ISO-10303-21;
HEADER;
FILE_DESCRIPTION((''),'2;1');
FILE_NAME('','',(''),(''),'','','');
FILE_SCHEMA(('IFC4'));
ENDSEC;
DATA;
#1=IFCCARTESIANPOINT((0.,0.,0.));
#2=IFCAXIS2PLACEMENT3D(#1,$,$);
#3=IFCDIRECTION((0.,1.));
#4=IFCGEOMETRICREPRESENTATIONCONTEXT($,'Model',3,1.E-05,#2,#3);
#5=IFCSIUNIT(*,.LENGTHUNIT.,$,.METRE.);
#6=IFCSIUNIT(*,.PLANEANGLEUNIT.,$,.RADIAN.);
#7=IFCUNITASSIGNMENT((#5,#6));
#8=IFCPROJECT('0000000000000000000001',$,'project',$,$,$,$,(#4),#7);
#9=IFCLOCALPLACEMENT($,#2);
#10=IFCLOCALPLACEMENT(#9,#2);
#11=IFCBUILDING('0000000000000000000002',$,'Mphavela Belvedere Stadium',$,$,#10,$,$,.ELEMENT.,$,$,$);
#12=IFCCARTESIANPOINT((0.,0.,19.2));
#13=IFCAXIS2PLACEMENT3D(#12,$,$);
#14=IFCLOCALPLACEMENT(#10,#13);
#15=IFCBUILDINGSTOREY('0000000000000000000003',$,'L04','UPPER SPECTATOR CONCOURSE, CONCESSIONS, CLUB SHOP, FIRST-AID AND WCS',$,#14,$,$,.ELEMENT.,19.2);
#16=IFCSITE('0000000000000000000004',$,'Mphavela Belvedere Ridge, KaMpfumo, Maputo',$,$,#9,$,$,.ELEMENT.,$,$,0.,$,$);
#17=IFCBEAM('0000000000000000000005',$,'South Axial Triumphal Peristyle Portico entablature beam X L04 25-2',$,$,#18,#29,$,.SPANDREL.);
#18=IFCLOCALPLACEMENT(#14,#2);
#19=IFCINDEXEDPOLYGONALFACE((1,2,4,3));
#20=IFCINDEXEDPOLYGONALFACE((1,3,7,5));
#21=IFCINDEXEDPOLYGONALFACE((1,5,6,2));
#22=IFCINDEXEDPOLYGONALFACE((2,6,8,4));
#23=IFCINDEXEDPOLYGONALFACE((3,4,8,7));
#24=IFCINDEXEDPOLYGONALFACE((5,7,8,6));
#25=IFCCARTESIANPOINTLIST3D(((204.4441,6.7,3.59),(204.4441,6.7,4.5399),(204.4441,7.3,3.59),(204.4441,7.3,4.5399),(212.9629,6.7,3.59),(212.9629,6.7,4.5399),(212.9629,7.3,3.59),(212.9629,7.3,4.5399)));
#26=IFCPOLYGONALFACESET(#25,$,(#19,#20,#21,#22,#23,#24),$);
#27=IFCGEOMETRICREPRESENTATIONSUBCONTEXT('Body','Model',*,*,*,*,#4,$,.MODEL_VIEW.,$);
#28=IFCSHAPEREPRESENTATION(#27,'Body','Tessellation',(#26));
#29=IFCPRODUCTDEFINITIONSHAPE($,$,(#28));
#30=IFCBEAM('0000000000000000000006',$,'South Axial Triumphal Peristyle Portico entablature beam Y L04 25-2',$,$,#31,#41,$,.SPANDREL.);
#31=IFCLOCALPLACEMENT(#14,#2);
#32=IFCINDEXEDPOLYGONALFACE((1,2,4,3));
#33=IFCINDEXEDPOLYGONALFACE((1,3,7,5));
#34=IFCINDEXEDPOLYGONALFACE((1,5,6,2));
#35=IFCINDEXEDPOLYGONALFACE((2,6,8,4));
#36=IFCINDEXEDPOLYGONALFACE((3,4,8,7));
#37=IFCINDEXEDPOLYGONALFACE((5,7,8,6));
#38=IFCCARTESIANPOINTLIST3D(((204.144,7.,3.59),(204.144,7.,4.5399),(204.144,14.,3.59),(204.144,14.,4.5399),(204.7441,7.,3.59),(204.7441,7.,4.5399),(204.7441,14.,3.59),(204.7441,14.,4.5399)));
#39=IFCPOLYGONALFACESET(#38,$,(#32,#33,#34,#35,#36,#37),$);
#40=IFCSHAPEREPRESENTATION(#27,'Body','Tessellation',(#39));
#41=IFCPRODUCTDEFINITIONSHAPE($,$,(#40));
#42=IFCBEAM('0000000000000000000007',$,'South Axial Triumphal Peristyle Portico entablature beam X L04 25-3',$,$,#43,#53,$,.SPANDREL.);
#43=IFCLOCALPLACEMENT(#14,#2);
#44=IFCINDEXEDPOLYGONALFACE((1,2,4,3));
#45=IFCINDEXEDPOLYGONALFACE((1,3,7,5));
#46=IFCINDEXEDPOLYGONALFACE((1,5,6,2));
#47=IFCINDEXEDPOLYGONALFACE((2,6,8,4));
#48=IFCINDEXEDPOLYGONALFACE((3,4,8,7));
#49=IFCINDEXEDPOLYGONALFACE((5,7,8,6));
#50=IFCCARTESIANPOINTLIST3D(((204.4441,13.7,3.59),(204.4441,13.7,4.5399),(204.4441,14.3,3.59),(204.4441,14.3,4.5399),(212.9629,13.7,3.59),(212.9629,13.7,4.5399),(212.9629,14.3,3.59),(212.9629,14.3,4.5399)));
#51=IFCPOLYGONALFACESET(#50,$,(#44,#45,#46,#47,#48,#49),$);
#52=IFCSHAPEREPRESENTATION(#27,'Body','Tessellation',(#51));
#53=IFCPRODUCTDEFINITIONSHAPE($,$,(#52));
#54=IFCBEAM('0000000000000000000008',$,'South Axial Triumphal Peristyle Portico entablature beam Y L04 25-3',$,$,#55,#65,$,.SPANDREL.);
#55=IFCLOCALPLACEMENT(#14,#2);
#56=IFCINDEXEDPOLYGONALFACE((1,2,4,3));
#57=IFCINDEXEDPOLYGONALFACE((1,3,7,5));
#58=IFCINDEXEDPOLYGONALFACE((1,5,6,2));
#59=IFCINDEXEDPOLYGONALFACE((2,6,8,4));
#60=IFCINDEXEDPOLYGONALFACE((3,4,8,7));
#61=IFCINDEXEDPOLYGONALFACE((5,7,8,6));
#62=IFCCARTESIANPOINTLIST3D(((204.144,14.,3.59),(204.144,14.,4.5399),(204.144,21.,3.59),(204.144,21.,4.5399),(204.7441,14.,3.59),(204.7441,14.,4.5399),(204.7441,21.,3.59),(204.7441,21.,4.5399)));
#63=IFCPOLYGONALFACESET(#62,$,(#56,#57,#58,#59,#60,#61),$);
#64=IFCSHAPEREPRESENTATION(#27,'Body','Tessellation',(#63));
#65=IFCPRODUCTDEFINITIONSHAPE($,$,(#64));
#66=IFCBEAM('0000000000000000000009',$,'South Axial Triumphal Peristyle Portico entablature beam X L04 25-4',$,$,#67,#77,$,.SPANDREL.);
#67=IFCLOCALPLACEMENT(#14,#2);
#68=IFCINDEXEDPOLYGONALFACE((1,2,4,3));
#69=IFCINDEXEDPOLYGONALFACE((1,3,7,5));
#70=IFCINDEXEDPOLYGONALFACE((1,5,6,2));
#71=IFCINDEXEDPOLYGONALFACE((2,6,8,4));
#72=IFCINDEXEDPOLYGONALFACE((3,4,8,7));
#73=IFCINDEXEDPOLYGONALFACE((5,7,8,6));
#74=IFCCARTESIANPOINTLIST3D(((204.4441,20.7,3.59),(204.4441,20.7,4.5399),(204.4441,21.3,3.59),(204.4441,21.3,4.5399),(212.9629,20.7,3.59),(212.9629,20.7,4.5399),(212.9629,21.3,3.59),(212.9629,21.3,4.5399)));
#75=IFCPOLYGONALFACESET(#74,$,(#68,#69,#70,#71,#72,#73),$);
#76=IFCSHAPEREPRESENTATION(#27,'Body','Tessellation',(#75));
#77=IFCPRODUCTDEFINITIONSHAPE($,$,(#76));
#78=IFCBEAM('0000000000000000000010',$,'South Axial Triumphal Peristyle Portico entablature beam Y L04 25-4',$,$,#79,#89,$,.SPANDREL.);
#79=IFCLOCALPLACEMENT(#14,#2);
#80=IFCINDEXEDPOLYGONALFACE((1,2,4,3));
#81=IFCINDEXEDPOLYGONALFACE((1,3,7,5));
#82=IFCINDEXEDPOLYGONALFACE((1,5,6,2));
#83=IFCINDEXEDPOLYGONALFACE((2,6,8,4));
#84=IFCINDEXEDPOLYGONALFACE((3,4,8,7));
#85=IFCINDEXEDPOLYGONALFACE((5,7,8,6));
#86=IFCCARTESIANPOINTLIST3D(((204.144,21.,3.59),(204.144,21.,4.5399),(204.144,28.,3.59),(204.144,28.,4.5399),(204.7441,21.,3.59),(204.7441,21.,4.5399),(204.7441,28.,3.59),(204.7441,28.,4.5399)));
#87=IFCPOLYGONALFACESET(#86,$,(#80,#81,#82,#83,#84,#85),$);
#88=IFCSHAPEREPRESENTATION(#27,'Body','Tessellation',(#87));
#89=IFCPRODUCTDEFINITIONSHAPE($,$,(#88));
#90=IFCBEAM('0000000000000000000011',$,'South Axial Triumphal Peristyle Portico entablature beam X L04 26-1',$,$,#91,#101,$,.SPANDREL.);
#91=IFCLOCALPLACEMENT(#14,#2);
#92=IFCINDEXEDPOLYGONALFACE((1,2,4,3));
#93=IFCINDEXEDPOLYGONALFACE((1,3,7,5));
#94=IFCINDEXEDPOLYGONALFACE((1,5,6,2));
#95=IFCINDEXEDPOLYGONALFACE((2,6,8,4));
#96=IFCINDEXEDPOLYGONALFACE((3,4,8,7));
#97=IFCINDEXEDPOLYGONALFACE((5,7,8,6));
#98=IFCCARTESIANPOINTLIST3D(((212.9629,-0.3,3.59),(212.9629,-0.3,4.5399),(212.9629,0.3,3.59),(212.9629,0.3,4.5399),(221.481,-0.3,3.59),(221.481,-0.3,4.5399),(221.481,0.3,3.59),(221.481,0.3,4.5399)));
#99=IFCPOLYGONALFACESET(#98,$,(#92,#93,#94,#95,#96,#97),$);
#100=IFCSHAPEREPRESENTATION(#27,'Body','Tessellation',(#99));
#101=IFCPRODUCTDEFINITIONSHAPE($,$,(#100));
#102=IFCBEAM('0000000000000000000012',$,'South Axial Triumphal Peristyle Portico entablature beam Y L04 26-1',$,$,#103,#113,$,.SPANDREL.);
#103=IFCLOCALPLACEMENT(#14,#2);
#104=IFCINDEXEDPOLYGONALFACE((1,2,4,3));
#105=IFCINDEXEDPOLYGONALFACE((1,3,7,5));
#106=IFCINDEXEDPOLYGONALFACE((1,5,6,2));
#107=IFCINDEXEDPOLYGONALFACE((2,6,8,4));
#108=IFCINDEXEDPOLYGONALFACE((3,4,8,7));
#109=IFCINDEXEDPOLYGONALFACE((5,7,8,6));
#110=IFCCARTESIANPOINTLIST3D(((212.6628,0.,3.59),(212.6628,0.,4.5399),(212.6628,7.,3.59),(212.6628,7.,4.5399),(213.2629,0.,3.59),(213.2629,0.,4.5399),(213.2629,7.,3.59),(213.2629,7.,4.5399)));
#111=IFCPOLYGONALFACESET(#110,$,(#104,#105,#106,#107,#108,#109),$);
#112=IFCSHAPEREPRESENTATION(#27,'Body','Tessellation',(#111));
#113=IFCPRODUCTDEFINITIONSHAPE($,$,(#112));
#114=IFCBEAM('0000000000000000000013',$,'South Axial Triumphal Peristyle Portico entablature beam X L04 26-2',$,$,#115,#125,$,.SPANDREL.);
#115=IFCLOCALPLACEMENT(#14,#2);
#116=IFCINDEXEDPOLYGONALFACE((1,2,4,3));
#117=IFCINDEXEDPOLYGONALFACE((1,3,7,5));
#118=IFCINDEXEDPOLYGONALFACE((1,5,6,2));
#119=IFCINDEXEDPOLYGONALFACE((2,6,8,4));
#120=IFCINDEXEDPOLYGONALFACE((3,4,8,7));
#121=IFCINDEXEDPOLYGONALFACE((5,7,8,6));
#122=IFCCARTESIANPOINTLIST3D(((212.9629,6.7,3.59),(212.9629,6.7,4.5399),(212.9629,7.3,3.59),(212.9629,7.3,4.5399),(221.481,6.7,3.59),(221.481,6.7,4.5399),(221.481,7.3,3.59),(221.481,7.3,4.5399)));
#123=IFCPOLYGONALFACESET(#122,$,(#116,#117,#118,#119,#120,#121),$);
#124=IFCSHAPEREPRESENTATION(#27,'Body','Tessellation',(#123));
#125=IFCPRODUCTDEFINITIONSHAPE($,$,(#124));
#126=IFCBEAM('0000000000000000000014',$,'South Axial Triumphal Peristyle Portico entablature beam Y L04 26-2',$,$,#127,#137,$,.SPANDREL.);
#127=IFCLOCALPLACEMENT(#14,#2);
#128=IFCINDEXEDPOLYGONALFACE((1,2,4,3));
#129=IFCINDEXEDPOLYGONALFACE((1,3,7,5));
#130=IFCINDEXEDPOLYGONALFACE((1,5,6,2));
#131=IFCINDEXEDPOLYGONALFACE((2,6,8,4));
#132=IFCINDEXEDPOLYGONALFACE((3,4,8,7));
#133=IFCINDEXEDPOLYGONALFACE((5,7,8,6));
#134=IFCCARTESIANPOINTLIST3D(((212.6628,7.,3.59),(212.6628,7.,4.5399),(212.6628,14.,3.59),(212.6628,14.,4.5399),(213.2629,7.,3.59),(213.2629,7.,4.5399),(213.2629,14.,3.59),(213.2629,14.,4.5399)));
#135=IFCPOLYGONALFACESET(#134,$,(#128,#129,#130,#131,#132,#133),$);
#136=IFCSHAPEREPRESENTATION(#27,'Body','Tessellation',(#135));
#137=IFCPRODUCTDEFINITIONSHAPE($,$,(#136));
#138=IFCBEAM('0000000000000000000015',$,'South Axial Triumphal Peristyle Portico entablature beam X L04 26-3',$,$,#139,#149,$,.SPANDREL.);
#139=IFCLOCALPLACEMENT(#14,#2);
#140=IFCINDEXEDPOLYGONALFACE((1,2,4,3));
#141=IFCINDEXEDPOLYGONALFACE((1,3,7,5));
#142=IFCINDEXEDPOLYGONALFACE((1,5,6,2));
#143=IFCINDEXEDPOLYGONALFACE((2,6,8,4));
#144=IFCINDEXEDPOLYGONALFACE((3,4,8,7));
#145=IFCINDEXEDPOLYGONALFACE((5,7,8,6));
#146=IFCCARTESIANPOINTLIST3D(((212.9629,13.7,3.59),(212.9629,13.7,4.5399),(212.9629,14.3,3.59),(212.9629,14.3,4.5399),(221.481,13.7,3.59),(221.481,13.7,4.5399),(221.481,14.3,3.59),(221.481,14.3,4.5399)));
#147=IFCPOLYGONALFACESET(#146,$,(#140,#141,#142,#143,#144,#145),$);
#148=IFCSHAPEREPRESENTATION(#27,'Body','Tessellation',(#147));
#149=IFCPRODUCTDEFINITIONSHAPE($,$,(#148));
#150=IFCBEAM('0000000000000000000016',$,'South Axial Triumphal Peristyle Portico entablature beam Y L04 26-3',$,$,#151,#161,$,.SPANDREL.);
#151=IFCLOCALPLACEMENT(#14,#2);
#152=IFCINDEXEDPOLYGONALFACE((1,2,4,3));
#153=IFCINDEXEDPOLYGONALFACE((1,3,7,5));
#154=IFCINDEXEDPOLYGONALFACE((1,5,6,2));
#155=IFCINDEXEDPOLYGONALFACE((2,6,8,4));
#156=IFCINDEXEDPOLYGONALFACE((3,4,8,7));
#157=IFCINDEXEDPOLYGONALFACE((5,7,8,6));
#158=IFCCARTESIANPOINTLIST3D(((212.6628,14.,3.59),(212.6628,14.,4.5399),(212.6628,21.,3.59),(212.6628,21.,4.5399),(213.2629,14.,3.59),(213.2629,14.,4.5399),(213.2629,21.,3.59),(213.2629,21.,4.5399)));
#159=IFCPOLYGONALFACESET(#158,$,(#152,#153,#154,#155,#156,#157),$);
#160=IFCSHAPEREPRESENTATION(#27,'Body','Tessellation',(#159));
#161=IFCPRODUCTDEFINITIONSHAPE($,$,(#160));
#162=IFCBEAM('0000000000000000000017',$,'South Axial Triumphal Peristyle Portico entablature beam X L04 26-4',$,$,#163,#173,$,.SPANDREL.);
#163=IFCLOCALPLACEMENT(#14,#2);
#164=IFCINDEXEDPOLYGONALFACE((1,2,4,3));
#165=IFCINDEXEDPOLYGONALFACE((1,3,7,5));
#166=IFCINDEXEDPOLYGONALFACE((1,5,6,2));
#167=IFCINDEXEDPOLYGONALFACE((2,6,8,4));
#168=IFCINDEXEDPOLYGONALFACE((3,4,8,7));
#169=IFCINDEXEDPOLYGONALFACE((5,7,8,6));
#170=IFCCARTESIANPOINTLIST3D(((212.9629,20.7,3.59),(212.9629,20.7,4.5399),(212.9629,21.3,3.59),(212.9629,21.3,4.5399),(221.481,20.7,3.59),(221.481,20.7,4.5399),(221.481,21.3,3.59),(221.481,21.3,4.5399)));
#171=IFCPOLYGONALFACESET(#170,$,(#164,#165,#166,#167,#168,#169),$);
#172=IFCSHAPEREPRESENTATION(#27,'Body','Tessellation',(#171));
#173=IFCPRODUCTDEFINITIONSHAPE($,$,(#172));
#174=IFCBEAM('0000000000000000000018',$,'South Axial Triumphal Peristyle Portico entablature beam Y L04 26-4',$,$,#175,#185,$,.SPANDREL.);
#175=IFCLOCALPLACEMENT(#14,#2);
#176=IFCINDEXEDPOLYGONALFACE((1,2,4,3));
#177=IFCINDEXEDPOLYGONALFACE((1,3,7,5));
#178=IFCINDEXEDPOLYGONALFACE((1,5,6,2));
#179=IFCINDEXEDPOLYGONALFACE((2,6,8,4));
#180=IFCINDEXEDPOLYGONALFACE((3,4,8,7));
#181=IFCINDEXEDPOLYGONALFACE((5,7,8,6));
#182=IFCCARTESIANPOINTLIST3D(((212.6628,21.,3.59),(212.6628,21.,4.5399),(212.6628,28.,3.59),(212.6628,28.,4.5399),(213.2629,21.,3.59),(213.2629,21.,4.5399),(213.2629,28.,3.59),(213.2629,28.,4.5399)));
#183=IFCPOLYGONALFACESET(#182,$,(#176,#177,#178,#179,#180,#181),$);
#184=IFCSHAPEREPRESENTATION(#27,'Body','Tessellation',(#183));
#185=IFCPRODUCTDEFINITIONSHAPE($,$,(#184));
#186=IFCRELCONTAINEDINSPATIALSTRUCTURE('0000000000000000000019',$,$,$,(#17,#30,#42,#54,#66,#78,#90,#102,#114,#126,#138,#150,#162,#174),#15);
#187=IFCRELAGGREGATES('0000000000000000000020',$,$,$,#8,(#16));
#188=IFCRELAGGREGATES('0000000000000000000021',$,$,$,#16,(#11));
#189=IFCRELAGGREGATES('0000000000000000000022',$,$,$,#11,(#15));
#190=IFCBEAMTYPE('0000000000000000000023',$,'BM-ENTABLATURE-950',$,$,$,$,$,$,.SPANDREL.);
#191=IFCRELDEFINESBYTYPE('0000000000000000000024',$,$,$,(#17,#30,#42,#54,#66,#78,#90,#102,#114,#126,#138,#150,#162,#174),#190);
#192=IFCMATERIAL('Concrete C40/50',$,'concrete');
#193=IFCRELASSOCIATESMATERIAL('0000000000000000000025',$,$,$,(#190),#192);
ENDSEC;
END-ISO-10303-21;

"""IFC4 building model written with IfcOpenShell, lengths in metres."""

from ifc_helpers import new_model, si_unit, direction, frame, origin, origin_2d, place, context, subcontext, project, spatial, rectangle, extrude, material, material_profile, profile_set, type_object, element, save


model = new_model("IFC4")

# Units and contexts
model_context = context("Model", 3, precision=1e-05, world=origin(), true_north=direction((0.0, 1.0)))
body_context = subcontext(model_context, "Body", "Model", "MODEL_VIEW")
ifc_project = project(units=[si_unit("LENGTHUNIT", "METRE"), si_unit("PLANEANGLEUNIT", "RADIAN")], contexts=[model_context])

# Site, building, storey
site_placement = place(None, origin())
site = spatial("IfcSite", under=ifc_project, at=site_placement, Name="Mphavela Belvedere Ridge, KaMpfumo, Maputo", CompositionType="ELEMENT", RefElevation=0.0)
building_placement = place(site_placement, origin())
building = spatial("IfcBuilding", under=site, at=building_placement, Name="Mphavela Belvedere Stadium", CompositionType="ELEMENT")
storey_placement = place(building_placement, frame((0.0, 0.0, 19.2)))
storey = spatial("IfcBuildingStorey", under=building, at=storey_placement, Name="L04", Description="UPPER SPECTATOR CONCOURSE, CONCESSIONS, CLUB SHOP, FIRST-AID AND WCS", CompositionType="ELEMENT", Elevation=19.2)

# Beams
ifc_material_1 = material(Name="Concrete C40/50", Category="concrete")
ifc_material_profile_1 = material_profile(ifc_material_1, rectangle(XDim=0.6001, YDim=0.95, at=origin_2d()), Name="RC 600x950")
ifc_profile_set_1 = profile_set([ifc_material_profile_1], Name="Concrete C40/50")
beam_type_1 = type_object("IfcBeamType", Name="BM-ENTABLATURE-950", PredefinedType="SPANDREL", material=ifc_profile_set_1)
beam_1_placement = place(storey_placement, frame((204.4441, 7.0, 4.0649), z_axis=(1.0, 0.0, 0.0), x_axis=(0.0, 1.0, 0.0)))
element("IfcBeam", 1, at=beam_1_placement, inside=storey, type_object=beam_type_1, Name="South Axial Triumphal Peristyle Portico entablature beam X L04 25-2", PredefinedType="SPANDREL", context=body_context, shape_type="SweptSolid", body=[
    extrude(rectangle(XDim=0.6001, YDim=0.95, at=origin_2d()), origin(), (0.0, 0.0, 1.0), 8.5188),
])
beam_2_placement = place(storey_placement, frame((204.4441, 7.0, 4.0649), z_axis=(0.0, 1.0, 0.0), x_axis=(-1.0, 0.0, 0.0)))
element("IfcBeam", 2, at=beam_2_placement, inside=storey, type_object=beam_type_1, Name="South Axial Triumphal Peristyle Portico entablature beam Y L04 25-2", PredefinedType="SPANDREL", context=body_context, shape_type="SweptSolid", body=[
    extrude(rectangle(XDim=0.6001, YDim=0.95, at=origin_2d()), origin(), (0.0, 0.0, 1.0), 7.0),
])
beam_3_placement = place(storey_placement, frame((204.4441, 14.0, 4.0649), z_axis=(1.0, 0.0, 0.0), x_axis=(0.0, 1.0, 0.0)))
element("IfcBeam", 3, at=beam_3_placement, inside=storey, type_object=beam_type_1, Name="South Axial Triumphal Peristyle Portico entablature beam X L04 25-3", PredefinedType="SPANDREL", context=body_context, shape_type="SweptSolid", body=[
    extrude(rectangle(XDim=0.6001, YDim=0.95, at=origin_2d()), origin(), (0.0, 0.0, 1.0), 8.5188),
])
beam_4_placement = place(storey_placement, frame((204.4441, 14.0, 4.0649), z_axis=(0.0, 1.0, 0.0), x_axis=(-1.0, 0.0, 0.0)))
element("IfcBeam", 4, at=beam_4_placement, inside=storey, type_object=beam_type_1, Name="South Axial Triumphal Peristyle Portico entablature beam Y L04 25-3", PredefinedType="SPANDREL", context=body_context, shape_type="SweptSolid", body=[
    extrude(rectangle(XDim=0.6001, YDim=0.95, at=origin_2d()), origin(), (0.0, 0.0, 1.0), 7.0),
])
beam_5_placement = place(storey_placement, frame((204.4441, 21.0, 4.0649), z_axis=(1.0, 0.0, 0.0), x_axis=(0.0, 1.0, 0.0)))
element("IfcBeam", 5, at=beam_5_placement, inside=storey, type_object=beam_type_1, Name="South Axial Triumphal Peristyle Portico entablature beam X L04 25-4", PredefinedType="SPANDREL", context=body_context, shape_type="SweptSolid", body=[
    extrude(rectangle(XDim=0.6001, YDim=0.95, at=origin_2d()), origin(), (0.0, 0.0, 1.0), 8.5188),
])
beam_6_placement = place(storey_placement, frame((204.4441, 21.0, 4.0649), z_axis=(0.0, 1.0, 0.0), x_axis=(-1.0, 0.0, 0.0)))
element("IfcBeam", 6, at=beam_6_placement, inside=storey, type_object=beam_type_1, Name="South Axial Triumphal Peristyle Portico entablature beam Y L04 25-4", PredefinedType="SPANDREL", context=body_context, shape_type="SweptSolid", body=[
    extrude(rectangle(XDim=0.6001, YDim=0.95, at=origin_2d()), origin(), (0.0, 0.0, 1.0), 7.0),
])
beam_7_placement = place(storey_placement, frame((212.9629, 0.0, 4.0649), z_axis=(1.0, 0.0, 0.0), x_axis=(0.0, 1.0, 0.0)))
element("IfcBeam", 7, at=beam_7_placement, inside=storey, type_object=beam_type_1, Name="South Axial Triumphal Peristyle Portico entablature beam X L04 26-1", PredefinedType="SPANDREL", context=body_context, shape_type="SweptSolid", body=[
    extrude(rectangle(XDim=0.6001, YDim=0.95, at=origin_2d()), origin(), (0.0, 0.0, 1.0), 8.5181),
])
beam_8_placement = place(storey_placement, frame((212.9629, 0.0, 4.0649), z_axis=(0.0, 1.0, 0.0), x_axis=(-1.0, 0.0, 0.0)))
element("IfcBeam", 8, at=beam_8_placement, inside=storey, type_object=beam_type_1, Name="South Axial Triumphal Peristyle Portico entablature beam Y L04 26-1", PredefinedType="SPANDREL", context=body_context, shape_type="SweptSolid", body=[
    extrude(rectangle(XDim=0.6001, YDim=0.95, at=origin_2d()), origin(), (0.0, 0.0, 1.0), 7.0),
])
beam_9_placement = place(storey_placement, frame((212.9629, 7.0, 4.0649), z_axis=(1.0, 0.0, 0.0), x_axis=(0.0, 1.0, 0.0)))
element("IfcBeam", 9, at=beam_9_placement, inside=storey, type_object=beam_type_1, Name="South Axial Triumphal Peristyle Portico entablature beam X L04 26-2", PredefinedType="SPANDREL", context=body_context, shape_type="SweptSolid", body=[
    extrude(rectangle(XDim=0.6001, YDim=0.95, at=origin_2d()), origin(), (0.0, 0.0, 1.0), 8.5181),
])
beam_10_placement = place(storey_placement, frame((212.9629, 7.0, 4.0649), z_axis=(0.0, 1.0, 0.0), x_axis=(-1.0, 0.0, 0.0)))
element("IfcBeam", 10, at=beam_10_placement, inside=storey, type_object=beam_type_1, Name="South Axial Triumphal Peristyle Portico entablature beam Y L04 26-2", PredefinedType="SPANDREL", context=body_context, shape_type="SweptSolid", body=[
    extrude(rectangle(XDim=0.6001, YDim=0.95, at=origin_2d()), origin(), (0.0, 0.0, 1.0), 7.0),
])
beam_11_placement = place(storey_placement, frame((212.9629, 14.0, 4.0649), z_axis=(1.0, 0.0, 0.0), x_axis=(0.0, 1.0, 0.0)))
element("IfcBeam", 11, at=beam_11_placement, inside=storey, type_object=beam_type_1, Name="South Axial Triumphal Peristyle Portico entablature beam X L04 26-3", PredefinedType="SPANDREL", context=body_context, shape_type="SweptSolid", body=[
    extrude(rectangle(XDim=0.6001, YDim=0.95, at=origin_2d()), origin(), (0.0, 0.0, 1.0), 8.5181),
])
beam_12_placement = place(storey_placement, frame((212.9629, 14.0, 4.0649), z_axis=(0.0, 1.0, 0.0), x_axis=(-1.0, 0.0, 0.0)))
element("IfcBeam", 12, at=beam_12_placement, inside=storey, type_object=beam_type_1, Name="South Axial Triumphal Peristyle Portico entablature beam Y L04 26-3", PredefinedType="SPANDREL", context=body_context, shape_type="SweptSolid", body=[
    extrude(rectangle(XDim=0.6001, YDim=0.95, at=origin_2d()), origin(), (0.0, 0.0, 1.0), 7.0),
])
beam_13_placement = place(storey_placement, frame((212.9629, 21.0, 4.0649), z_axis=(1.0, 0.0, 0.0), x_axis=(0.0, 1.0, 0.0)))
element("IfcBeam", 13, at=beam_13_placement, inside=storey, type_object=beam_type_1, Name="South Axial Triumphal Peristyle Portico entablature beam X L04 26-4", PredefinedType="SPANDREL", context=body_context, shape_type="SweptSolid", body=[
    extrude(rectangle(XDim=0.6001, YDim=0.95, at=origin_2d()), origin(), (0.0, 0.0, 1.0), 8.5181),
])
beam_14_placement = place(storey_placement, frame((212.9629, 21.0, 4.0649), z_axis=(0.0, 1.0, 0.0), x_axis=(-1.0, 0.0, 0.0)))
element("IfcBeam", 14, at=beam_14_placement, inside=storey, type_object=beam_type_1, Name="South Axial Triumphal Peristyle Portico entablature beam Y L04 26-4", PredefinedType="SPANDREL", context=body_context, shape_type="SweptSolid", body=[
    extrude(rectangle(XDim=0.6001, YDim=0.95, at=origin_2d()), origin(), (0.0, 0.0, 1.0), 7.0),
])

save(model, "model.ifc")
